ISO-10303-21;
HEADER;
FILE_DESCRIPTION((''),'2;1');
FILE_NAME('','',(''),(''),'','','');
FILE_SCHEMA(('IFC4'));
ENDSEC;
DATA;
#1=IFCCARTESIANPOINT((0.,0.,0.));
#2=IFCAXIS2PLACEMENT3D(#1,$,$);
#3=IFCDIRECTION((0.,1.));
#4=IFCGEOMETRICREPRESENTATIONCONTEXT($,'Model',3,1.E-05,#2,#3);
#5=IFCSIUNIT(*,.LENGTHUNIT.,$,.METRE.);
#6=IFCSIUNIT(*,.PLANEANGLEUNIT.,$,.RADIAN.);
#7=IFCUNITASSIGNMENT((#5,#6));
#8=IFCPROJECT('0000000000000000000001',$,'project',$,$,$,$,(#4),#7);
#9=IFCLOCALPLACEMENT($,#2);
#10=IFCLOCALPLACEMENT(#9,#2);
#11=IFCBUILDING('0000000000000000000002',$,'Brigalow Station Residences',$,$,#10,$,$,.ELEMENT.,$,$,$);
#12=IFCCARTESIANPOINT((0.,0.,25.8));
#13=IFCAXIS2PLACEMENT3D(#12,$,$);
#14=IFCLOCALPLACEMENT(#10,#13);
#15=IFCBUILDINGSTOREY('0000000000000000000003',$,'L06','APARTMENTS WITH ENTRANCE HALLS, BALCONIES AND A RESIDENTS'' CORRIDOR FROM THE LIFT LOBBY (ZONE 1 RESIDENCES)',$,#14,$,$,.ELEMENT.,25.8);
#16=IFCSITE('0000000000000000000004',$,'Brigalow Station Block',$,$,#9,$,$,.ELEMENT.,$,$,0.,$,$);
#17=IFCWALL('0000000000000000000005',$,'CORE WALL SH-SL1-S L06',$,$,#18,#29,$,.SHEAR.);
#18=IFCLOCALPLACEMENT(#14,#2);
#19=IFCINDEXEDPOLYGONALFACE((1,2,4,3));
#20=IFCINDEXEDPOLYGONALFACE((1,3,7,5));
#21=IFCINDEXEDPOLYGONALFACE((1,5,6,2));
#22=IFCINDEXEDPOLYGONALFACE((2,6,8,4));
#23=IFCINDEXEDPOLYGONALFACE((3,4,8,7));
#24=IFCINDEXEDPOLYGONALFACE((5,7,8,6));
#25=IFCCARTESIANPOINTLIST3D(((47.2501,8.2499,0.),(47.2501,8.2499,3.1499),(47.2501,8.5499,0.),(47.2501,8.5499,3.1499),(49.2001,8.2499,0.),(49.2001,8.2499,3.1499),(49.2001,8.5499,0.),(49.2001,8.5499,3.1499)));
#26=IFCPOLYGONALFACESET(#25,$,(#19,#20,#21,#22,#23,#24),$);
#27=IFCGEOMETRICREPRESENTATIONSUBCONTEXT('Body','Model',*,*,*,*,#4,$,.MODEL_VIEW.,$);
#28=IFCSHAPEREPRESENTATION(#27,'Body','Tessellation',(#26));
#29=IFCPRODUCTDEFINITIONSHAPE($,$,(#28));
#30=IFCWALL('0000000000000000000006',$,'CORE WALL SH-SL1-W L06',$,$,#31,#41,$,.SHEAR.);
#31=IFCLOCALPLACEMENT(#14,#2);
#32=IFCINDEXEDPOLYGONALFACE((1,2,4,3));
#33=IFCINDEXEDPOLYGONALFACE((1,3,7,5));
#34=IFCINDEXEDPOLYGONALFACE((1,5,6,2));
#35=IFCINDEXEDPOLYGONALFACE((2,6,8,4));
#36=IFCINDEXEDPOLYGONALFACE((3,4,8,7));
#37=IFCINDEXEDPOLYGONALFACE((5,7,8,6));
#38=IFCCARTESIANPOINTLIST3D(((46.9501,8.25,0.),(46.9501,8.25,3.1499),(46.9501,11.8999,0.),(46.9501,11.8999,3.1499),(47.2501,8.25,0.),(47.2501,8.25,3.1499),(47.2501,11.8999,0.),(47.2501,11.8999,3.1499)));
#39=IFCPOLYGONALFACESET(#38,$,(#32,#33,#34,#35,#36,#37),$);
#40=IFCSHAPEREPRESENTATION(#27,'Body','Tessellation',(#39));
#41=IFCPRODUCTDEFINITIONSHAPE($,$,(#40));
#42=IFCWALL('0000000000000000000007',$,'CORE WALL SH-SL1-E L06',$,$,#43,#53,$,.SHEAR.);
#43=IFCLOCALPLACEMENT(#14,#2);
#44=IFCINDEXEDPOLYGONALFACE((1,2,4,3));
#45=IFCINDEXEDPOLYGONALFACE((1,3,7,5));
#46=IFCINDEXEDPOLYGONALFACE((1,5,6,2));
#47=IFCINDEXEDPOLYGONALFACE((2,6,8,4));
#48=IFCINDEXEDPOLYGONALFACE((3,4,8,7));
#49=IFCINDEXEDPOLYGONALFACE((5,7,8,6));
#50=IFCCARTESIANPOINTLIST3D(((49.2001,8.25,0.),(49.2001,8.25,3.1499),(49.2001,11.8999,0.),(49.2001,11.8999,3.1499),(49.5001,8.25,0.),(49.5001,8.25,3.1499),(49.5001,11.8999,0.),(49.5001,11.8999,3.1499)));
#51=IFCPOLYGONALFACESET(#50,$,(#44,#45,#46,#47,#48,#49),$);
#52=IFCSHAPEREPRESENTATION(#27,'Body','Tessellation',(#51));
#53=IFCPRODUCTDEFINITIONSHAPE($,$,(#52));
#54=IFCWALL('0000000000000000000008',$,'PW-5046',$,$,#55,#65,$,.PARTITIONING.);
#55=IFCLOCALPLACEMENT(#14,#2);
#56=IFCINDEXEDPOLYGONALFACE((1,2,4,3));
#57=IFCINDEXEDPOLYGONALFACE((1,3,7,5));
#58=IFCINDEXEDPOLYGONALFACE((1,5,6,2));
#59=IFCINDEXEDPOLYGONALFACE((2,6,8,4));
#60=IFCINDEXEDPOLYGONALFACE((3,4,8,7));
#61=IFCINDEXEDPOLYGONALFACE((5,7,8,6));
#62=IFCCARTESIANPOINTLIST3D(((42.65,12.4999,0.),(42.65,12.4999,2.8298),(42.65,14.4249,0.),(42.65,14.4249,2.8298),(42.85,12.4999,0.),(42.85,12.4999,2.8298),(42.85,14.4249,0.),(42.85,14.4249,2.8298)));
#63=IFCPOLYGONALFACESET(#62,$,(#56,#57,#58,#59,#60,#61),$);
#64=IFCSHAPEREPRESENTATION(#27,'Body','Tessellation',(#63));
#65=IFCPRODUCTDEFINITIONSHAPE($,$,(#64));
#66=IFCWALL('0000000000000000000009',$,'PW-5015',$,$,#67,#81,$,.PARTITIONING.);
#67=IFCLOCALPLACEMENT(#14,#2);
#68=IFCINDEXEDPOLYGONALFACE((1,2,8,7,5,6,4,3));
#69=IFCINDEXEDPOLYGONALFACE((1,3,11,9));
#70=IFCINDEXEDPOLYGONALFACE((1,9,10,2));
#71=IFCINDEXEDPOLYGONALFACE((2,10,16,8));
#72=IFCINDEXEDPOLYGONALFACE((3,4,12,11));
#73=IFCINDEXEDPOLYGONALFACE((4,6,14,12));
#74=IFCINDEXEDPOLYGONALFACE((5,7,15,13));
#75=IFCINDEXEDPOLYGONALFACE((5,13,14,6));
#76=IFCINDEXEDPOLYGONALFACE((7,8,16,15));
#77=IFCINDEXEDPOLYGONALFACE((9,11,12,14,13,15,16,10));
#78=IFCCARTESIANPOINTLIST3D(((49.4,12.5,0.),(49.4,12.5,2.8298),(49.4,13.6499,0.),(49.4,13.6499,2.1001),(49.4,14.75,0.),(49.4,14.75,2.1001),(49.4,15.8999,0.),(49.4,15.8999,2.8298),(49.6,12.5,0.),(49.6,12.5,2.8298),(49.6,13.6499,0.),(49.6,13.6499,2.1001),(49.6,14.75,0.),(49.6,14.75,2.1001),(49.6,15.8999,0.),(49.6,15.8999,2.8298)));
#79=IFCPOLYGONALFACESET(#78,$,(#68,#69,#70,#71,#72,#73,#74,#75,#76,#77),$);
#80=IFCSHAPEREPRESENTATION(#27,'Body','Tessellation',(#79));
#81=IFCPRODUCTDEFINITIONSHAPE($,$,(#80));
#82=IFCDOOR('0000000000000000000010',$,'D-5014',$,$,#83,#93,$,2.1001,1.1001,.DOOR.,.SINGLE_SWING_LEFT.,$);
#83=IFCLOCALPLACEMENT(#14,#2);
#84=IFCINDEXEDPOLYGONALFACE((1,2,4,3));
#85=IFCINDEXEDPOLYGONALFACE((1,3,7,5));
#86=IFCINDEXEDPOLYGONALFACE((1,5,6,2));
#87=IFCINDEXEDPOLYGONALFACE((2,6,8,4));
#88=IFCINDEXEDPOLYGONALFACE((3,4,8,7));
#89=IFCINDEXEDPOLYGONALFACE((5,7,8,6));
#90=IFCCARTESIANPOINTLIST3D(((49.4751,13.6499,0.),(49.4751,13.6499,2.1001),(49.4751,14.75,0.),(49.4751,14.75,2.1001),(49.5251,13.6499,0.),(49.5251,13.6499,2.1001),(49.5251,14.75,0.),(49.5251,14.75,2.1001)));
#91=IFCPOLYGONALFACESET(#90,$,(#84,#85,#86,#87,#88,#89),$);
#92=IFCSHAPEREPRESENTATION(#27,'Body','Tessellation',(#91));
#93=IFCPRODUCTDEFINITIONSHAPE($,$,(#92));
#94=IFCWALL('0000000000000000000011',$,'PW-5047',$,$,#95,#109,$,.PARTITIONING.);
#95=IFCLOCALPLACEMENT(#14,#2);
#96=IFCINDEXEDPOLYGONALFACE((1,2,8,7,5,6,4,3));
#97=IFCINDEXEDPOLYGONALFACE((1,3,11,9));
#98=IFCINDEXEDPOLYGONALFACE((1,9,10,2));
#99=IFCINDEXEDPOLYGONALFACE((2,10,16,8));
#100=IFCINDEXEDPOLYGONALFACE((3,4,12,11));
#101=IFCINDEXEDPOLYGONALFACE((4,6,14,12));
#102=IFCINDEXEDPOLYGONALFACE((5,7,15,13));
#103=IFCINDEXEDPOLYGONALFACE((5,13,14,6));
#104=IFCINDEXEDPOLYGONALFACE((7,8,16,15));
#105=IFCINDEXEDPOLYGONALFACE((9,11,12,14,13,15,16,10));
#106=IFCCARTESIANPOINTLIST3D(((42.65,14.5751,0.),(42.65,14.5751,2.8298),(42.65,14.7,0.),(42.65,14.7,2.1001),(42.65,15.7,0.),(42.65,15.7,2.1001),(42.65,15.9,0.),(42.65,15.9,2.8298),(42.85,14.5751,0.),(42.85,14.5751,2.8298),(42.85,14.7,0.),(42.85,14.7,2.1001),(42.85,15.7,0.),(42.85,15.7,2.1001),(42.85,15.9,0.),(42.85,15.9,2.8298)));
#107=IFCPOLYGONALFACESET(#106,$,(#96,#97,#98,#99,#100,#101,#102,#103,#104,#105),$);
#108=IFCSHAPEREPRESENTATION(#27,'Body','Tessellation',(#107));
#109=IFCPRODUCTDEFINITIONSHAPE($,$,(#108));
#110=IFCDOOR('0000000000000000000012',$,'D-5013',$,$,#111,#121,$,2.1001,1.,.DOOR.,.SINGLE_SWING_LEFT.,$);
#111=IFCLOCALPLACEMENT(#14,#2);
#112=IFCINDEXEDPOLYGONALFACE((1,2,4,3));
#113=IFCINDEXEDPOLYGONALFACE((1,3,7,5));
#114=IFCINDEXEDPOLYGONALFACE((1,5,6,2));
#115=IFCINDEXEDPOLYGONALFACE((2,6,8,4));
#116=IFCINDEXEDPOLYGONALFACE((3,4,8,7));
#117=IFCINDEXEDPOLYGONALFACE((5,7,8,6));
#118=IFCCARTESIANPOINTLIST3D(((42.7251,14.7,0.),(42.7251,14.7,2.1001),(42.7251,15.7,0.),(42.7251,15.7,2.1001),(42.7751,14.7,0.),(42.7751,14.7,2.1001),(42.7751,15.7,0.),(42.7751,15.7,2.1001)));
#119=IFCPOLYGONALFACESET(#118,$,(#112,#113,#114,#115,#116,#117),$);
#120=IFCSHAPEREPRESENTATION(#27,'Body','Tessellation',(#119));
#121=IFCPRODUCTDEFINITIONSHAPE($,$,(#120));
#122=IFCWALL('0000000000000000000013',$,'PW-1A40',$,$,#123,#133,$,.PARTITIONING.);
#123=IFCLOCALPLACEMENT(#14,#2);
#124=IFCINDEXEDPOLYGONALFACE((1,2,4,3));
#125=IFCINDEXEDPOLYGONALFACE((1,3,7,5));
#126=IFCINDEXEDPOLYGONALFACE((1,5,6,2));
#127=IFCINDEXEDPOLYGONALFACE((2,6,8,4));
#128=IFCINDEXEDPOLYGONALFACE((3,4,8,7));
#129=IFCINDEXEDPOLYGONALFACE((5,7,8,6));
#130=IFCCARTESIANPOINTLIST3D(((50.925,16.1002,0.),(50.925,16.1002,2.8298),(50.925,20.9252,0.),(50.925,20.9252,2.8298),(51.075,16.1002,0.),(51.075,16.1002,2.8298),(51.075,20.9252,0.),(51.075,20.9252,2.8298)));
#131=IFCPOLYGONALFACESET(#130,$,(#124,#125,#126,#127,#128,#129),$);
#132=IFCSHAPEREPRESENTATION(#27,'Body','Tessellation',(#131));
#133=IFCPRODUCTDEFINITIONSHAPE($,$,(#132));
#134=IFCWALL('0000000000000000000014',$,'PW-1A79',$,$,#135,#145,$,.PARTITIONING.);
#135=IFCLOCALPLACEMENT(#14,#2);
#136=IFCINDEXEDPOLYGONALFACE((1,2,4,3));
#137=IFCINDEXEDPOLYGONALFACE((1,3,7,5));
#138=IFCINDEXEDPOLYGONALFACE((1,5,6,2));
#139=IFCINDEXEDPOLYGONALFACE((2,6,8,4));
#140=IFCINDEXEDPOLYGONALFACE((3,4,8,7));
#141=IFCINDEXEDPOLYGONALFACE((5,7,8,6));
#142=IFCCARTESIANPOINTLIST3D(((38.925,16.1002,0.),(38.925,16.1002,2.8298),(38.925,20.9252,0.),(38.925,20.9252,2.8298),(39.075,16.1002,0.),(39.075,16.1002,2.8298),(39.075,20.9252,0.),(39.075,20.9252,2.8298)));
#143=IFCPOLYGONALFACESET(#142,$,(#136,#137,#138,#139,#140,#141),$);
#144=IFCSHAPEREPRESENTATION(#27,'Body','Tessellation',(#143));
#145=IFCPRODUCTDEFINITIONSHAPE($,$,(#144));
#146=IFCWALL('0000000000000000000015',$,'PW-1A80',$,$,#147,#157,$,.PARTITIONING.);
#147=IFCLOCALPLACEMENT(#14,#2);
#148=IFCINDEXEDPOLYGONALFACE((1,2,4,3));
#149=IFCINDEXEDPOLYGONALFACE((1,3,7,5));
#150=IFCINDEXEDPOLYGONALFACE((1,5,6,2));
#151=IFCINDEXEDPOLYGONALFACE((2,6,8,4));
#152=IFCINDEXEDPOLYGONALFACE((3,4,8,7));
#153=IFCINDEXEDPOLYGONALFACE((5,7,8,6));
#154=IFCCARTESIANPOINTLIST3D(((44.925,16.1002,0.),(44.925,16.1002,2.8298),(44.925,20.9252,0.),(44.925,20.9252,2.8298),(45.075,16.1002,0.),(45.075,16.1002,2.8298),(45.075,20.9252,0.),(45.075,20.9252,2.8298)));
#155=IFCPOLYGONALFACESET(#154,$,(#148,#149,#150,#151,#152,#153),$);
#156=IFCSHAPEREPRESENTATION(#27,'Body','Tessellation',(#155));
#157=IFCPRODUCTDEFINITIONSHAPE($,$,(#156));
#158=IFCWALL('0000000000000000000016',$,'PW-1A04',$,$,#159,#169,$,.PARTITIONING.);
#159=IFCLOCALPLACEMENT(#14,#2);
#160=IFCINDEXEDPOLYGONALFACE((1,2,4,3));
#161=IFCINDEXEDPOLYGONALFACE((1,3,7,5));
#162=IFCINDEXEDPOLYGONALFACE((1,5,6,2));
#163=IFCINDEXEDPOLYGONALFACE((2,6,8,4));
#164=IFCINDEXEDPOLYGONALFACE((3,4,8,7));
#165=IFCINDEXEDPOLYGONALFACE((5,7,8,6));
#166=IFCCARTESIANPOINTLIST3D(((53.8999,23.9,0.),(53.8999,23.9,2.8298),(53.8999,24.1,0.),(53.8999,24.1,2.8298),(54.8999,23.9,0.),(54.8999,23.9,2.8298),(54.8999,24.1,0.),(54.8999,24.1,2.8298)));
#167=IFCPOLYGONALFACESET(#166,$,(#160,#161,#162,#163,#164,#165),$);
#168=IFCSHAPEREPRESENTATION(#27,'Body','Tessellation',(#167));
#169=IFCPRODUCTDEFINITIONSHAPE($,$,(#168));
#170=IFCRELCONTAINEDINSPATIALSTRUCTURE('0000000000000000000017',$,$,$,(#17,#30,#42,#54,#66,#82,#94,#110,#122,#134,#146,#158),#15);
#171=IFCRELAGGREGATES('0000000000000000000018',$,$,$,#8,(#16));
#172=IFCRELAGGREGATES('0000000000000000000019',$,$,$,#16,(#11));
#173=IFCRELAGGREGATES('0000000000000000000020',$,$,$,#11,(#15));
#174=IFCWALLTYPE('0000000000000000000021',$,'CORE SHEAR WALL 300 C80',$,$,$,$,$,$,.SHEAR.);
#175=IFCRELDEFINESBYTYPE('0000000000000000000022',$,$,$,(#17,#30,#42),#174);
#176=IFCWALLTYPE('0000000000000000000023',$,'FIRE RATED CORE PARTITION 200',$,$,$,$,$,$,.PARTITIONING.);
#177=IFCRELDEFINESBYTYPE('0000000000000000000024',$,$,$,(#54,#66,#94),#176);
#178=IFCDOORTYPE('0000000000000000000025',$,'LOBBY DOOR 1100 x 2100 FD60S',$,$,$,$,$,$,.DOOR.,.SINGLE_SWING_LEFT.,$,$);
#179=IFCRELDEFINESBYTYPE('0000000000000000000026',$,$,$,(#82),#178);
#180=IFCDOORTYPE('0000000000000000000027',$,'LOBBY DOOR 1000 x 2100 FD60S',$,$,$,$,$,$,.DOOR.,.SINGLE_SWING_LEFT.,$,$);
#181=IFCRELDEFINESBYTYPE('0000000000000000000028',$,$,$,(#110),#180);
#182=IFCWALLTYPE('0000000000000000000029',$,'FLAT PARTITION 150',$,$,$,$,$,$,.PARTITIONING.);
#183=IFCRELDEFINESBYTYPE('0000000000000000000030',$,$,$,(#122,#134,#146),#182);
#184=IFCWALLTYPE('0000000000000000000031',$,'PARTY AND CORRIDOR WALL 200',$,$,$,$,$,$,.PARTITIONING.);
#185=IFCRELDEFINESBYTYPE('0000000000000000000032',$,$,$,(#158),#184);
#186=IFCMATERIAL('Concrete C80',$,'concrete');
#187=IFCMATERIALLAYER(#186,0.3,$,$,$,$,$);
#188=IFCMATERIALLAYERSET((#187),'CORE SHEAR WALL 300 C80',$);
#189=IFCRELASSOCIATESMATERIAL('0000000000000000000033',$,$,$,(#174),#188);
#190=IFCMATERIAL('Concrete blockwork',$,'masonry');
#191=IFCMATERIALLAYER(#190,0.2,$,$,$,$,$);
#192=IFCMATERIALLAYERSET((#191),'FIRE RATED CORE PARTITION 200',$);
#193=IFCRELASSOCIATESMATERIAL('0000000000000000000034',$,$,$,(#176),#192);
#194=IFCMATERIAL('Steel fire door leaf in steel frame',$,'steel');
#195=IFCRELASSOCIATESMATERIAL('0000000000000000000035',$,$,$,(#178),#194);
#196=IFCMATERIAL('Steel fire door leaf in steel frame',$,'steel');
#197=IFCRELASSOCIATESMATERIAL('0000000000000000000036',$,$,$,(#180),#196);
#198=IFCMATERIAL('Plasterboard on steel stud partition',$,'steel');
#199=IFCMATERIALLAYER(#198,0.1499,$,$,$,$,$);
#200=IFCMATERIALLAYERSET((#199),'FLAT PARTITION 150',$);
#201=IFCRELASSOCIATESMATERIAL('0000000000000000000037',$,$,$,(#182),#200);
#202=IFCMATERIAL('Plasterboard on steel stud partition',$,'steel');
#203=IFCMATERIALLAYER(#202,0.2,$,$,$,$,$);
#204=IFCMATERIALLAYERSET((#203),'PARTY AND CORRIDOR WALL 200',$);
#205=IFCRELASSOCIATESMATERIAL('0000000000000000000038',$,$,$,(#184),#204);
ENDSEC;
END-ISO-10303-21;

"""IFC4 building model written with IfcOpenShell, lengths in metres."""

from ifc_helpers import new_model, si_unit, direction, frame, frame_2d, origin, place, context, subcontext, project, spatial, rectangle, extrude, material, layer, layer_set, type_object, element, fill, save


model = new_model("IFC4")

# Units and contexts
model_context = context("Model", 3, precision=1e-05, world=origin(), true_north=direction((0.0, 1.0)))
body_context = subcontext(model_context, "Body", "Model", "MODEL_VIEW")
ifc_project = project(units=[si_unit("LENGTHUNIT", "METRE"), si_unit("PLANEANGLEUNIT", "RADIAN")], contexts=[model_context])

# Site, building, storey
site_placement = place(None, origin())
site = spatial("IfcSite", under=ifc_project, at=site_placement, Name="Brigalow Station Block", CompositionType="ELEMENT", RefElevation=0.0)
building_placement = place(site_placement, origin())
building = spatial("IfcBuilding", under=site, at=building_placement, Name="Brigalow Station Residences", CompositionType="ELEMENT")
storey_placement = place(building_placement, frame((0.0, 0.0, 25.8)))
storey = spatial("IfcBuildingStorey", under=building, at=storey_placement, Name="L06", Description="APARTMENTS WITH ENTRANCE HALLS, BALCONIES AND A RESIDENTS' CORRIDOR FROM THE LIFT LOBBY (ZONE 1 RESIDENCES)", CompositionType="ELEMENT", Elevation=25.8)

# Walls
ifc_material_1 = material(Name="Concrete C80", Category="concrete")
ifc_layer_1 = layer(ifc_material_1, 0.3)
ifc_layer_set_1 = layer_set([ifc_layer_1], Name="CORE SHEAR WALL 300 C80")
wall_type_1 = type_object("IfcWallType", Name="CORE SHEAR WALL 300 C80", PredefinedType="SHEAR", material=ifc_layer_set_1)
wall_1_placement = place(storey_placement, frame((47.25, 8.3999, 0.0), z_axis=(0.0, 0.0, 1.0), x_axis=(1.0, 0.0, 0.0)))
element("IfcWall", 1, at=wall_1_placement, inside=storey, type_object=wall_type_1, Name="CORE WALL SH-SL1-S L06", PredefinedType="SHEAR", context=body_context, shape_type="SweptSolid", body=[
    extrude(rectangle(XDim=1.95, YDim=0.3, at=frame_2d((0.9751, 0.0))), origin(), (0.0, 0.0, 1.0), 3.1499),
])
for number, where, z_axis, x_axis, name in (
    (2, (47.1001, 8.25, 0.0), (0.0, 0.0, 1.0), (0.0, 1.0, 0.0), "CORE WALL SH-SL1-W L06"),
    (3, (49.3501, 8.25, 0.0), (0.0, 0.0, 1.0), (0.0, 1.0, 0.0), "CORE WALL SH-SL1-E L06"),
):
    element("IfcWall", number, at=place(storey_placement, frame(where, z_axis=z_axis, x_axis=x_axis)), inside=storey, type_object=wall_type_1, Name=name, PredefinedType="SHEAR", context=body_context, shape_type="SweptSolid", body=[
        extrude(rectangle(XDim=3.6499, YDim=0.3, at=frame_2d((1.825, 0.0))), origin(), (0.0, 0.0, 1.0), 3.1499),
    ])
ifc_material_2 = material(Name="Concrete blockwork", Category="masonry")
ifc_layer_2 = layer(ifc_material_2, 0.2)
ifc_layer_set_2 = layer_set([ifc_layer_2], Name="FIRE RATED CORE PARTITION 200")
wall_type_2 = type_object("IfcWallType", Name="FIRE RATED CORE PARTITION 200", PredefinedType="PARTITIONING", material=ifc_layer_set_2)
wall_2_placement = place(storey_placement, frame((42.75, 12.5, 0.0), z_axis=(0.0, 0.0, 1.0), x_axis=(0.0, 1.0, 0.0)))
element("IfcWall", 4, at=wall_2_placement, inside=storey, type_object=wall_type_2, Name="PW-5046", PredefinedType="PARTITIONING", context=body_context, shape_type="SweptSolid", body=[
    extrude(rectangle(XDim=1.925, YDim=0.2, at=frame_2d((0.9624, 0.0))), origin(), (0.0, 0.0, 1.0), 2.8298),
])

# Walls, openings, doors
wall_3_placement = place(storey_placement, frame((49.5, 12.5, 0.0), z_axis=(0.0, 0.0, 1.0), x_axis=(0.0, 1.0, 0.0)))
wall_3 = element("IfcWall", 5, at=wall_3_placement, inside=storey, type_object=wall_type_2, Name="PW-5015", PredefinedType="PARTITIONING", context=body_context, shape_type="SweptSolid", body=[
    extrude(rectangle(XDim=3.3999, YDim=0.2, at=frame_2d((1.7, 0.0))), origin(), (0.0, 0.0, 1.0), 2.8298),
])
opening_1_placement = place(wall_3_placement, frame((1.1499, 0.0, 0.0)))
opening_1 = element("IfcOpeningElement", 6, at=opening_1_placement, cuts=wall_3, PredefinedType="OPENING", context=body_context, shape_type="SweptSolid", body=[
    extrude(rectangle(XDim=1.1001, YDim=2.1001, at=frame_2d((0.55, 1.05))), frame((0.0, 0.1099, 0.0), z_axis=(0.0, -1.0, 0.0), x_axis=(1.0, 0.0, 0.0)), (0.0, 0.0, 1.0), 0.22),
])
ifc_material_3 = material(Name="Steel fire door leaf in steel frame", Category="steel")
door_type_1 = type_object("IfcDoorType", Name="LOBBY DOOR 1100 x 2100 FD60S", OperationType="SINGLE_SWING_LEFT", PredefinedType="DOOR", material=ifc_material_3)
door_1_placement = place(opening_1_placement, origin())
door_1 = element("IfcDoor", 7, at=door_1_placement, inside=storey, type_object=door_type_1, Name="D-5014", OperationType="SINGLE_SWING_LEFT", OverallHeight=2.1001, OverallWidth=1.1001, PredefinedType="DOOR", context=body_context, shape_type="SweptSolid", body=[
    extrude(rectangle(XDim=1.1001, YDim=2.1001, at=frame_2d((0.55, 1.05))), frame((0.0, 0.0249, 0.0), z_axis=(0.0, -1.0, 0.0), x_axis=(1.0, 0.0, 0.0)), (0.0, 0.0, 1.0), 0.05),
])
fill(opening_1, door_1)
wall_4_placement = place(storey_placement, frame((42.75, 14.575, 0.0), z_axis=(0.0, 0.0, 1.0), x_axis=(0.0, 1.0, 0.0)))
wall_4 = element("IfcWall", 8, at=wall_4_placement, inside=storey, type_object=wall_type_2, Name="PW-5047", PredefinedType="PARTITIONING", context=body_context, shape_type="SweptSolid", body=[
    extrude(rectangle(XDim=1.325, YDim=0.2, at=frame_2d((0.6626, 0.0))), origin(), (0.0, 0.0, 1.0), 2.8298),
])
opening_2_placement = place(wall_4_placement, frame((0.125, 0.0, 0.0)))
opening_2 = element("IfcOpeningElement", 9, at=opening_2_placement, cuts=wall_4, PredefinedType="OPENING", context=body_context, shape_type="SweptSolid", body=[
    extrude(rectangle(XDim=1.0, YDim=2.1001, at=frame_2d((0.5, 1.05))), frame((0.0, 0.1099, 0.0), z_axis=(0.0, -1.0, 0.0), x_axis=(1.0, 0.0, 0.0)), (0.0, 0.0, 1.0), 0.22),
])
ifc_material_4 = material(Name="Steel fire door leaf in steel frame", Category="steel")
door_type_2 = type_object("IfcDoorType", Name="LOBBY DOOR 1000 x 2100 FD60S", OperationType="SINGLE_SWING_LEFT", PredefinedType="DOOR", material=ifc_material_4)
door_2_placement = place(opening_2_placement, origin())
door_2 = element("IfcDoor", 10, at=door_2_placement, inside=storey, type_object=door_type_2, Name="D-5013", OperationType="SINGLE_SWING_LEFT", OverallHeight=2.1001, OverallWidth=1.0, PredefinedType="DOOR", context=body_context, shape_type="SweptSolid", body=[
    extrude(rectangle(XDim=1.0, YDim=2.1001, at=frame_2d((0.5, 1.05))), frame((0.0, 0.0249, 0.0), z_axis=(0.0, -1.0, 0.0), x_axis=(1.0, 0.0, 0.0)), (0.0, 0.0, 1.0), 0.05),
])
fill(opening_2, door_2)

# Walls
ifc_material_5 = material(Name="Plasterboard on steel stud partition", Category="steel")
ifc_layer_3 = layer(ifc_material_5, 0.1499)
ifc_layer_set_3 = layer_set([ifc_layer_3], Name="FLAT PARTITION 150")
wall_type_3 = type_object("IfcWallType", Name="FLAT PARTITION 150", PredefinedType="PARTITIONING", material=ifc_layer_set_3)
for number, where, z_axis, x_axis, name in (
    (11, (51.0, 16.1001, 0.0), (0.0, 0.0, 1.0), (0.0, 1.0, 0.0), "PW-1A40"),
    (12, (39.0, 16.1001, 0.0), (0.0, 0.0, 1.0), (0.0, 1.0, 0.0), "PW-1A79"),
    (13, (45.0, 16.1001, 0.0), (0.0, 0.0, 1.0), (0.0, 1.0, 0.0), "PW-1A80"),
):
    element("IfcWall", number, at=place(storey_placement, frame(where, z_axis=z_axis, x_axis=x_axis)), inside=storey, type_object=wall_type_3, Name=name, PredefinedType="PARTITIONING", context=body_context, shape_type="SweptSolid", body=[
        extrude(rectangle(XDim=4.825, YDim=0.1499, at=frame_2d((2.4126, 0.0))), origin(), (0.0, 0.0, 1.0), 2.8298),
    ])
ifc_material_6 = material(Name="Plasterboard on steel stud partition", Category="steel")
ifc_layer_4 = layer(ifc_material_6, 0.2)
ifc_layer_set_4 = layer_set([ifc_layer_4], Name="PARTY AND CORRIDOR WALL 200")
wall_type_4 = type_object("IfcWallType", Name="PARTY AND CORRIDOR WALL 200", PredefinedType="PARTITIONING", material=ifc_layer_set_4)
wall_5_placement = place(storey_placement, frame((53.8999, 24.0, 0.0), z_axis=(0.0, 0.0, 1.0), x_axis=(1.0, 0.0, 0.0)))
element("IfcWall", 14, at=wall_5_placement, inside=storey, type_object=wall_type_4, Name="PW-1A04", PredefinedType="PARTITIONING", context=body_context, shape_type="SweptSolid", body=[
    extrude(rectangle(XDim=1.0, YDim=0.2, at=frame_2d((0.5, 0.0))), origin(), (0.0, 0.0, 1.0), 2.8298),
])

save(model, "model.ifc")
